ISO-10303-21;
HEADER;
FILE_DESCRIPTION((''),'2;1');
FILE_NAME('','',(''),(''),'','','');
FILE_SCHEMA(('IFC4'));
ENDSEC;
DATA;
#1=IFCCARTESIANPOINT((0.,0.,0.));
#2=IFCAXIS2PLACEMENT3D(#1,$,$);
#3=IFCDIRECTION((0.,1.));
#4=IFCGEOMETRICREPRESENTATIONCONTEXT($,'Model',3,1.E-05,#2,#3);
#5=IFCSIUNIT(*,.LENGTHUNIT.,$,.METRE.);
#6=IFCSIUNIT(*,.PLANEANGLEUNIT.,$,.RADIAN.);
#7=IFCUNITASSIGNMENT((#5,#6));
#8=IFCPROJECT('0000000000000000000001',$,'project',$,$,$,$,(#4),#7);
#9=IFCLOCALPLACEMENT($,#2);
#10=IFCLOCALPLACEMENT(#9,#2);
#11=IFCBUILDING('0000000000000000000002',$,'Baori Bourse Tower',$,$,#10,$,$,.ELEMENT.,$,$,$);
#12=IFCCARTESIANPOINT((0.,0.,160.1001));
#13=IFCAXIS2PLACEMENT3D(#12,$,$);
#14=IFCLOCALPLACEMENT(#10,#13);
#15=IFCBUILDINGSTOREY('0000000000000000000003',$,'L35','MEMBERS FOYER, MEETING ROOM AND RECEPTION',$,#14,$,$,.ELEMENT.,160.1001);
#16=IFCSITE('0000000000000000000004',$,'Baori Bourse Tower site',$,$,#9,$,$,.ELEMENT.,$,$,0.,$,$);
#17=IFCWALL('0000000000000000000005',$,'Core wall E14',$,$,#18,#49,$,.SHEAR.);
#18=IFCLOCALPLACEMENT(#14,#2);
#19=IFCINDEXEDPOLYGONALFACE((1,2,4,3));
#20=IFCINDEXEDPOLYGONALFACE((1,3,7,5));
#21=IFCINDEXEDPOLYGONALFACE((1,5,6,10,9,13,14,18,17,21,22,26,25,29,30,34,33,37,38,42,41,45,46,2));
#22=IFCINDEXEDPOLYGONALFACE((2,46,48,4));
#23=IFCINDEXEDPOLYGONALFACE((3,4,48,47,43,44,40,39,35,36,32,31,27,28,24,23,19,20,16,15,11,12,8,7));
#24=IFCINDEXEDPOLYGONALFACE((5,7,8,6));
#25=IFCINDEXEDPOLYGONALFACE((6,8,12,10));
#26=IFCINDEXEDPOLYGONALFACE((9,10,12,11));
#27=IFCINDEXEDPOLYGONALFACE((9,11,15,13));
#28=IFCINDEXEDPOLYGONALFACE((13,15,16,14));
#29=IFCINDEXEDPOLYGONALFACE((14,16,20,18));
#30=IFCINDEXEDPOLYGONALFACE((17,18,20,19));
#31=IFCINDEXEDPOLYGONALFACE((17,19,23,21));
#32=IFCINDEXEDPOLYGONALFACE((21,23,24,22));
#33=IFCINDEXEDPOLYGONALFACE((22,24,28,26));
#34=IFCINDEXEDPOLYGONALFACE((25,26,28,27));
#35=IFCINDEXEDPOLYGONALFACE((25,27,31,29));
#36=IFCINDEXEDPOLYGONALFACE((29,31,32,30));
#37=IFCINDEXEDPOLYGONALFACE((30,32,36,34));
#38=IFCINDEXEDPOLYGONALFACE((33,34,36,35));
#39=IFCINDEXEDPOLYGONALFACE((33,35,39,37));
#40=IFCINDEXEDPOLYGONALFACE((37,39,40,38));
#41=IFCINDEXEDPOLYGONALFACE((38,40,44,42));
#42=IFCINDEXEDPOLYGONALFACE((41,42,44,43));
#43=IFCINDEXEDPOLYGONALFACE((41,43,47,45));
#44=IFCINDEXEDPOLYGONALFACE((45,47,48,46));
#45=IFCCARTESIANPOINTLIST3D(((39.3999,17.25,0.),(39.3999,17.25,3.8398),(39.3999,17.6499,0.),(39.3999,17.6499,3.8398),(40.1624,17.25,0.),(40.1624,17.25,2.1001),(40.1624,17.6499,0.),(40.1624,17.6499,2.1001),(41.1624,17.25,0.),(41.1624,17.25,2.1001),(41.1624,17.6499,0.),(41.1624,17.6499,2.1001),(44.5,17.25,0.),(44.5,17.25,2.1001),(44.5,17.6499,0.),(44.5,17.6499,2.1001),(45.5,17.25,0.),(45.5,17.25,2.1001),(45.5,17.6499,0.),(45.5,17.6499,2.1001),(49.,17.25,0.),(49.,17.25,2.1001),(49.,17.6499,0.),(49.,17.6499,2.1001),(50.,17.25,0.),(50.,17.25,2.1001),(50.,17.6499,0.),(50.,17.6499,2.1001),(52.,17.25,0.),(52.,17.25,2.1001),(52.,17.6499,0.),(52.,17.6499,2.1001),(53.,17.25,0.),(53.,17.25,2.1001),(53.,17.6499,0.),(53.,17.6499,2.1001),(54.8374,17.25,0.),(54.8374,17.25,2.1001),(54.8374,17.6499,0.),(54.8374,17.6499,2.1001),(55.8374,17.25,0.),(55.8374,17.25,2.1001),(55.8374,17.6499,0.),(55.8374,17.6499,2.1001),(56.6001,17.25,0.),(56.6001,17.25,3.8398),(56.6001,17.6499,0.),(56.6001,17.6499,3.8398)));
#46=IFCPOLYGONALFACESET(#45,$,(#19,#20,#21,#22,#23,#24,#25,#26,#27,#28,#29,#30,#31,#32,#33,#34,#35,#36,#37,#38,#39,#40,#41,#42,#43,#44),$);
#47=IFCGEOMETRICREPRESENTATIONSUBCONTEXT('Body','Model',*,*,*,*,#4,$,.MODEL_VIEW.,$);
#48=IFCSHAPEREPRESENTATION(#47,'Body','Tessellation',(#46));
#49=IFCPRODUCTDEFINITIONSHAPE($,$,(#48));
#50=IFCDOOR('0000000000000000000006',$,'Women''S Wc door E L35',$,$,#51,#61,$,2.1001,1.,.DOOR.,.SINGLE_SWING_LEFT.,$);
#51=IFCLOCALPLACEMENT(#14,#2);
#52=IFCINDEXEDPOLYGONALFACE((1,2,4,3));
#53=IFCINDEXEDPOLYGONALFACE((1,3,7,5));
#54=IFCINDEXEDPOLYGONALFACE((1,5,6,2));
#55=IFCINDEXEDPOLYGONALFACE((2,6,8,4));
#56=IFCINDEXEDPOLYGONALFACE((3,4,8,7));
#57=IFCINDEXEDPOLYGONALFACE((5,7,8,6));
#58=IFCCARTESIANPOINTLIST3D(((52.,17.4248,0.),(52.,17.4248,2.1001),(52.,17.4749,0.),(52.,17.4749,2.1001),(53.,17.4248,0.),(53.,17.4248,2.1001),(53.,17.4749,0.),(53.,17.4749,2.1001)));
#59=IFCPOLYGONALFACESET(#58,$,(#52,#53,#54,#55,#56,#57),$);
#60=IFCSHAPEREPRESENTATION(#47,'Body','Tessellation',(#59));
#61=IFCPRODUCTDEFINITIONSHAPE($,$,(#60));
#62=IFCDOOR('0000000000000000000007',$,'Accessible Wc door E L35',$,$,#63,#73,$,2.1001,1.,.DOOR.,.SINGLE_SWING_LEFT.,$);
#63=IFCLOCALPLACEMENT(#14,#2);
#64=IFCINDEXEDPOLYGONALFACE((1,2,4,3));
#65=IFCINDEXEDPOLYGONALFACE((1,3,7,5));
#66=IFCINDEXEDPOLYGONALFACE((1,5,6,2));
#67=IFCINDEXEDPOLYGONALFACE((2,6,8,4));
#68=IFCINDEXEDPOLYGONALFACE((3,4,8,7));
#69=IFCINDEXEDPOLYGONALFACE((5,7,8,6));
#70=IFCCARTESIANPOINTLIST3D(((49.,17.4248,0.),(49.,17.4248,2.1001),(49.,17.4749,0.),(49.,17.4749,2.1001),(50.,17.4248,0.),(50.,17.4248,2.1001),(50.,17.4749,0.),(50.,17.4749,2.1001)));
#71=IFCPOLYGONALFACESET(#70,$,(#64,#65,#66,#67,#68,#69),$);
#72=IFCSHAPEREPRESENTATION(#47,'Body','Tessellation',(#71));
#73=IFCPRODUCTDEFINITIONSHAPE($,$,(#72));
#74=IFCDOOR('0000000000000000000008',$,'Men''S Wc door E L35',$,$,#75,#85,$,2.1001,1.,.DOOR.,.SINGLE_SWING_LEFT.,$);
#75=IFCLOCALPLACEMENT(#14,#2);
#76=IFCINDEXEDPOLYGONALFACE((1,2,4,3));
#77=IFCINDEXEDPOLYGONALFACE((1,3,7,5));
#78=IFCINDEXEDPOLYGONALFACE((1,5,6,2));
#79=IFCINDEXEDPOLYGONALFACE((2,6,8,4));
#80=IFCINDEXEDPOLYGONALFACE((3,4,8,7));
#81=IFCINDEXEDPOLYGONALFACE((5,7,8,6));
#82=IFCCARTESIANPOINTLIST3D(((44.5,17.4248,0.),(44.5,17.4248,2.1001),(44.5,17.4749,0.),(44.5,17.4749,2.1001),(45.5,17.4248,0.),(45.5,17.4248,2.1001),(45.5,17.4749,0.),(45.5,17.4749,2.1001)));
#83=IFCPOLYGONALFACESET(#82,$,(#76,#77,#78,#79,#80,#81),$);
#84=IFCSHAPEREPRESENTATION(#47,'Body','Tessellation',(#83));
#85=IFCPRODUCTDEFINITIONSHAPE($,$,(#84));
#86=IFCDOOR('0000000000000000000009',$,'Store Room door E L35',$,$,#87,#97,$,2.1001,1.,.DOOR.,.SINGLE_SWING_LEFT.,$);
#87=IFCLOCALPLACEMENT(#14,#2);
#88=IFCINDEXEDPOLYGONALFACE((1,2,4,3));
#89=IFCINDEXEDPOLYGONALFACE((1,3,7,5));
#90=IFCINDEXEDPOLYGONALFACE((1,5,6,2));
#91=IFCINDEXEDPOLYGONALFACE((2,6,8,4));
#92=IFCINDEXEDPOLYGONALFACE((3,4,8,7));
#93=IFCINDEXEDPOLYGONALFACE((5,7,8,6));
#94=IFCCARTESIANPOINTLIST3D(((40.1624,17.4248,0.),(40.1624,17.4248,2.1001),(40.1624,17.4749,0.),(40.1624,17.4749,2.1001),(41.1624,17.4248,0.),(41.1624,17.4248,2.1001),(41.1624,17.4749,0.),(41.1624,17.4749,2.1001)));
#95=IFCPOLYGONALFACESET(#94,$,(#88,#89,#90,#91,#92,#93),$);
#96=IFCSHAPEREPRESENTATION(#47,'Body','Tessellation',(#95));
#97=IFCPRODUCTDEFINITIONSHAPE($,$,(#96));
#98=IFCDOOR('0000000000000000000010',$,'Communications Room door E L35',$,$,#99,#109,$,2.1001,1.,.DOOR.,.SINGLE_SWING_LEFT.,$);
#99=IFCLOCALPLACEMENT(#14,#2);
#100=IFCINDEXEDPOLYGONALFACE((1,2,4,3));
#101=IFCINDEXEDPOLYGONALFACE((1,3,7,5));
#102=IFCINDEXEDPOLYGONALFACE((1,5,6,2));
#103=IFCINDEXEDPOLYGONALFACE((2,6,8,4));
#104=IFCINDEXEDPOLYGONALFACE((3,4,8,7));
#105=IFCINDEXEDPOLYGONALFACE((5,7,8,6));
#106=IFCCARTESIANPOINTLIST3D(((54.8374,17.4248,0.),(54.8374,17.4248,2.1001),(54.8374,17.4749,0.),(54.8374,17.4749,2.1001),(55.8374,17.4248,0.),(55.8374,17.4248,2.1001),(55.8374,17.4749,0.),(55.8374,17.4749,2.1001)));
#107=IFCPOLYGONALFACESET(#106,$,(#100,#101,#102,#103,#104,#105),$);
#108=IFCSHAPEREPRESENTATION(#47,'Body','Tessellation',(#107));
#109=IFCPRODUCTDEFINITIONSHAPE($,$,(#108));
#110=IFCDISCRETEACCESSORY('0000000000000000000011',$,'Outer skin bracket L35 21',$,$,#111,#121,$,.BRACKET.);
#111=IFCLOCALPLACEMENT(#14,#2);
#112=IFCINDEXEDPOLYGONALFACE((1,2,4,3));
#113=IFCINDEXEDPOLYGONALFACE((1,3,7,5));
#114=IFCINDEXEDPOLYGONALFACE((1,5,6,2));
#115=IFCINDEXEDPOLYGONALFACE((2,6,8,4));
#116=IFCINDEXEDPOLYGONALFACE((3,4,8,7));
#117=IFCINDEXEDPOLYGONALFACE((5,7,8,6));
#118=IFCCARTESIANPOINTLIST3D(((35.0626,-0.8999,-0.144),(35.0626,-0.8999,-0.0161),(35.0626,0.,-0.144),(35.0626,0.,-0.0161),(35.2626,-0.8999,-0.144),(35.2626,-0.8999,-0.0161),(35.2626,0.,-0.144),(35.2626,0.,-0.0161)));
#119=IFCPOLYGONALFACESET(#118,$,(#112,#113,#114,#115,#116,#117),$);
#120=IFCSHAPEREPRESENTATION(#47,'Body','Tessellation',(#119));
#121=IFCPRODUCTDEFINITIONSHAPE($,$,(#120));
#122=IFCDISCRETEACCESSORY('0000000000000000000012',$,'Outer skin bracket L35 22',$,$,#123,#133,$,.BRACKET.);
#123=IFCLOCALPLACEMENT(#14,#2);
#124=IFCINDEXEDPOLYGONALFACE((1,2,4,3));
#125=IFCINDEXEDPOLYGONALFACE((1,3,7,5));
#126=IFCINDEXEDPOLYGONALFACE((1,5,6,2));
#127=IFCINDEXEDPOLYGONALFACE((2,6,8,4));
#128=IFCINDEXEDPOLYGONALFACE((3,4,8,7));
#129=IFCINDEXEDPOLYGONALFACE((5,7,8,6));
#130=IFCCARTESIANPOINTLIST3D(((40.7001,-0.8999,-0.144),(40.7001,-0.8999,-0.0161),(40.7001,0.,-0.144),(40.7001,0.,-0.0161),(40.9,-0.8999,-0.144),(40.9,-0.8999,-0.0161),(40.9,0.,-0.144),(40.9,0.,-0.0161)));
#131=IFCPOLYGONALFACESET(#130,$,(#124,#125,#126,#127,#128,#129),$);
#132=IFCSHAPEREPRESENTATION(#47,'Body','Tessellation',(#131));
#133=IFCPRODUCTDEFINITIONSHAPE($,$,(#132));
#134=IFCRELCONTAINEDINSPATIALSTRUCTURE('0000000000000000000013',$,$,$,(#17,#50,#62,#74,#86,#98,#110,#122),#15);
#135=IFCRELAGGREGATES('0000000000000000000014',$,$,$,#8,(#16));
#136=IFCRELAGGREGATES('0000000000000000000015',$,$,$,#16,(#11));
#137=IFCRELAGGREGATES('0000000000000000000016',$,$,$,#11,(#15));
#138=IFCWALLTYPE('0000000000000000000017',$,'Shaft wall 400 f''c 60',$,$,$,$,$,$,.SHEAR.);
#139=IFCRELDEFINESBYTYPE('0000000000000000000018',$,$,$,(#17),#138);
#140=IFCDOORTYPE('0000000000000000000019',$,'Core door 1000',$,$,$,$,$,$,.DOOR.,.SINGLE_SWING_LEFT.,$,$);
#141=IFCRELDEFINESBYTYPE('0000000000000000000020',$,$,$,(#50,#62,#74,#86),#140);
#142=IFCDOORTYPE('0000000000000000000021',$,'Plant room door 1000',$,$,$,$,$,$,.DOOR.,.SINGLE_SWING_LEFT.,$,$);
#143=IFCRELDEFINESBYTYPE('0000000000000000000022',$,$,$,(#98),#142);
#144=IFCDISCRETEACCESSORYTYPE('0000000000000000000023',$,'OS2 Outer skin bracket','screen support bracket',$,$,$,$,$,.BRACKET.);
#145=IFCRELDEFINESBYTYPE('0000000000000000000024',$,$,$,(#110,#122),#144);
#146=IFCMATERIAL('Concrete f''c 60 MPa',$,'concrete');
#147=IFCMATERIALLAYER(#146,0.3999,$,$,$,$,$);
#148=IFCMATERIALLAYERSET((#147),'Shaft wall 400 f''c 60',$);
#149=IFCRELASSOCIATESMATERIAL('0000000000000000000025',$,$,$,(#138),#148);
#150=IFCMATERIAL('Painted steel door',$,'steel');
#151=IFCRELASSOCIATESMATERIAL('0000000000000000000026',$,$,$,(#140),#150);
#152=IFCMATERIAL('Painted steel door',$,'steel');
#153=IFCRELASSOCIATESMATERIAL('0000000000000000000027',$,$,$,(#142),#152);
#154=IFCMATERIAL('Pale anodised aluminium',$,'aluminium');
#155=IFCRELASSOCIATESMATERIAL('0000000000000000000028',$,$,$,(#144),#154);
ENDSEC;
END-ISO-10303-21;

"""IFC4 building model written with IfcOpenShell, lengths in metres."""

from ifc_helpers import new_model, si_unit, direction, frame, frame_2d, origin, origin_2d, place, context, subcontext, project, spatial, rectangle, extrude, material, layer, layer_set, type_object, element, fill, save


model = new_model("IFC4")

# Units and contexts
model_context = context("Model", 3, precision=1e-05, world=origin(), true_north=direction((0.0, 1.0)))
body_context = subcontext(model_context, "Body", "Model", "MODEL_VIEW")
ifc_project = project(units=[si_unit("LENGTHUNIT", "METRE"), si_unit("PLANEANGLEUNIT", "RADIAN")], contexts=[model_context])

# Site, building, storey
site_placement = place(None, origin())
site = spatial("IfcSite", under=ifc_project, at=site_placement, Name="Baori Bourse Tower site", CompositionType="ELEMENT", RefElevation=0.0)
building_placement = place(site_placement, origin())
building = spatial("IfcBuilding", under=site, at=building_placement, Name="Baori Bourse Tower", CompositionType="ELEMENT")
storey_placement = place(building_placement, frame((0.0, 0.0, 160.1001)))
storey = spatial("IfcBuildingStorey", under=building, at=storey_placement, Name="L35", Description="MEMBERS FOYER, MEETING ROOM AND RECEPTION", CompositionType="ELEMENT", Elevation=160.1001)

# Shared definitions
ifc_material_1 = material(Name="Concrete f'c 60 MPa", Category="concrete")
ifc_layer_1 = layer(ifc_material_1, 0.3999)
ifc_layer_set_1 = layer_set([ifc_layer_1], Name="Shaft wall 400 f'c 60")
wall_type_1 = type_object("IfcWallType", Name="Shaft wall 400 f'c 60", PredefinedType="SHEAR", material=ifc_layer_set_1)

# Wall, openings, doors
wall_1_placement = place(storey_placement, frame((39.3999, 17.45, 0.0), z_axis=(0.0, 0.0, 1.0), x_axis=(1.0, 0.0, 0.0)))
wall_1 = element("IfcWall", 1, at=wall_1_placement, inside=storey, type_object=wall_type_1, Name="Core wall E14", PredefinedType="SHEAR", context=body_context, shape_type="SweptSolid", body=[
    extrude(rectangle(XDim=17.2002, YDim=0.3999, at=frame_2d((8.6001, 0.0))), origin(), (0.0, 0.0, 1.0), 3.8398),
])
opening_1_placement = place(wall_1_placement, frame((15.4375, 0.0, 0.0)))
opening_1 = element("IfcOpeningElement", 2, at=opening_1_placement, cuts=wall_1, PredefinedType="OPENING", context=body_context, shape_type="SweptSolid", body=[
    extrude(rectangle(XDim=1.0, YDim=2.1001, at=frame_2d((0.5, 1.05))), frame((0.0, 0.21, 0.0), z_axis=(0.0, -1.0, 0.0), x_axis=(1.0, 0.0, 0.0)), (0.0, 0.0, 1.0), 0.4199),
])
opening_2_placement = place(wall_1_placement, frame((12.6001, 0.0, 0.0)))
opening_2 = element("IfcOpeningElement", 3, at=opening_2_placement, cuts=wall_1, PredefinedType="OPENING", context=body_context, shape_type="SweptSolid", body=[
    extrude(rectangle(XDim=1.0, YDim=2.1001, at=frame_2d((0.5, 1.05))), frame((0.0, 0.21, 0.0), z_axis=(0.0, -1.0, 0.0), x_axis=(1.0, 0.0, 0.0)), (0.0, 0.0, 1.0), 0.4199),
])
opening_3_placement = place(wall_1_placement, frame((9.6001, 0.0, 0.0)))
opening_3 = element("IfcOpeningElement", 4, at=opening_3_placement, cuts=wall_1, PredefinedType="OPENING", context=body_context, shape_type="SweptSolid", body=[
    extrude(rectangle(XDim=1.0, YDim=2.1001, at=frame_2d((0.5, 1.05))), frame((0.0, 0.21, 0.0), z_axis=(0.0, -1.0, 0.0), x_axis=(1.0, 0.0, 0.0)), (0.0, 0.0, 1.0), 0.4199),
])
opening_4_placement = place(wall_1_placement, frame((5.1001, 0.0, 0.0)))
opening_4 = element("IfcOpeningElement", 5, at=opening_4_placement, cuts=wall_1, PredefinedType="OPENING", context=body_context, shape_type="SweptSolid", body=[
    extrude(rectangle(XDim=1.0, YDim=2.1001, at=frame_2d((0.5, 1.05))), frame((0.0, 0.21, 0.0), z_axis=(0.0, -1.0, 0.0), x_axis=(1.0, 0.0, 0.0)), (0.0, 0.0, 1.0), 0.4199),
])
opening_5_placement = place(wall_1_placement, frame((0.7625, 0.0, 0.0)))
opening_5 = element("IfcOpeningElement", 6, at=opening_5_placement, cuts=wall_1, PredefinedType="OPENING", context=body_context, shape_type="SweptSolid", body=[
    extrude(rectangle(XDim=1.0, YDim=2.1001, at=frame_2d((0.5, 1.05))), frame((0.0, 0.21, 0.0), z_axis=(0.0, -1.0, 0.0), x_axis=(1.0, 0.0, 0.0)), (0.0, 0.0, 1.0), 0.4199),
])
ifc_material_2 = material(Name="Painted steel door", Category="steel")
door_type_1 = type_object("IfcDoorType", Name="Core door 1000", OperationType="SINGLE_SWING_LEFT", PredefinedType="DOOR", material=ifc_material_2)
door_1_placement = place(opening_2_placement, origin())
door_1 = element("IfcDoor", 7, at=door_1_placement, inside=storey, type_object=door_type_1, Name="Women'S Wc door E L35", OperationType="SINGLE_SWING_LEFT", OverallHeight=2.1001, OverallWidth=1.0, PredefinedType="DOOR", context=body_context, shape_type="SweptSolid", body=[
    extrude(rectangle(XDim=1.0, YDim=2.1001, at=frame_2d((0.5, 1.05))), frame((0.0, 0.0249, 0.0), z_axis=(0.0, -1.0, 0.0), x_axis=(1.0, 0.0, 0.0)), (0.0, 0.0, 1.0), 0.05),
])
fill(opening_2, door_1)
door_2_placement = place(opening_3_placement, origin())
door_2 = element("IfcDoor", 8, at=door_2_placement, inside=storey, type_object=door_type_1, Name="Accessible Wc door E L35", OperationType="SINGLE_SWING_LEFT", OverallHeight=2.1001, OverallWidth=1.0, PredefinedType="DOOR", context=body_context, shape_type="SweptSolid", body=[
    extrude(rectangle(XDim=1.0, YDim=2.1001, at=frame_2d((0.5, 1.05))), frame((0.0, 0.0249, 0.0), z_axis=(0.0, -1.0, 0.0), x_axis=(1.0, 0.0, 0.0)), (0.0, 0.0, 1.0), 0.05),
])
fill(opening_3, door_2)
door_3_placement = place(opening_4_placement, origin())
door_3 = element("IfcDoor", 9, at=door_3_placement, inside=storey, type_object=door_type_1, Name="Men'S Wc door E L35", OperationType="SINGLE_SWING_LEFT", OverallHeight=2.1001, OverallWidth=1.0, PredefinedType="DOOR", context=body_context, shape_type="SweptSolid", body=[
    extrude(rectangle(XDim=1.0, YDim=2.1001, at=frame_2d((0.5, 1.05))), frame((0.0, 0.0249, 0.0), z_axis=(0.0, -1.0, 0.0), x_axis=(1.0, 0.0, 0.0)), (0.0, 0.0, 1.0), 0.05),
])
fill(opening_4, door_3)
door_4_placement = place(opening_5_placement, origin())
door_4 = element("IfcDoor", 10, at=door_4_placement, inside=storey, type_object=door_type_1, Name="Store Room door E L35", OperationType="SINGLE_SWING_LEFT", OverallHeight=2.1001, OverallWidth=1.0, PredefinedType="DOOR", context=body_context, shape_type="SweptSolid", body=[
    extrude(rectangle(XDim=1.0, YDim=2.1001, at=frame_2d((0.5, 1.05))), frame((0.0, 0.0249, 0.0), z_axis=(0.0, -1.0, 0.0), x_axis=(1.0, 0.0, 0.0)), (0.0, 0.0, 1.0), 0.05),
])
fill(opening_5, door_4)
ifc_material_3 = material(Name="Painted steel door", Category="steel")
door_type_2 = type_object("IfcDoorType", Name="Plant room door 1000", OperationType="SINGLE_SWING_LEFT", PredefinedType="DOOR", material=ifc_material_3)
door_5_placement = place(opening_1_placement, origin())
door_5 = element("IfcDoor", 11, at=door_5_placement, inside=storey, type_object=door_type_2, Name="Communications Room door E L35", OperationType="SINGLE_SWING_LEFT", OverallHeight=2.1001, OverallWidth=1.0, PredefinedType="DOOR", context=body_context, shape_type="SweptSolid", body=[
    extrude(rectangle(XDim=1.0, YDim=2.1001, at=frame_2d((0.5, 1.05))), frame((0.0, 0.0249, 0.0), z_axis=(0.0, -1.0, 0.0), x_axis=(1.0, 0.0, 0.0)), (0.0, 0.0, 1.0), 0.05),
])
fill(opening_1, door_5)

# Discrete accessories
ifc_material_4 = material(Name="Pale anodised aluminium", Category="aluminium")
discrete_accessory_type = type_object("IfcDiscreteAccessoryType", Name="OS2 Outer skin bracket", Description="screen support bracket", PredefinedType="BRACKET", material=ifc_material_4)
for number, where, z_axis, x_axis, name in (
    (12, (35.1626, -0.45, -0.144), (0.0, 0.0, 1.0), (1.0, 0.0, 0.0), "Outer skin bracket L35 21"),
    (13, (40.8, -0.45, -0.144), (0.0, 0.0, 1.0), (1.0, 0.0, 0.0), "Outer skin bracket L35 22"),
):
    element("IfcDiscreteAccessory", number, at=place(storey_placement, frame(where, z_axis=z_axis, x_axis=x_axis)), inside=storey, type_object=discrete_accessory_type, Name=name, PredefinedType="BRACKET", context=body_context, shape_type="SweptSolid", body=[
        extrude(rectangle(XDim=0.2, YDim=0.8999, at=origin_2d()), origin(), (0.0, 0.0, 1.0), 0.1279),
    ])

save(model, "model.ifc")
